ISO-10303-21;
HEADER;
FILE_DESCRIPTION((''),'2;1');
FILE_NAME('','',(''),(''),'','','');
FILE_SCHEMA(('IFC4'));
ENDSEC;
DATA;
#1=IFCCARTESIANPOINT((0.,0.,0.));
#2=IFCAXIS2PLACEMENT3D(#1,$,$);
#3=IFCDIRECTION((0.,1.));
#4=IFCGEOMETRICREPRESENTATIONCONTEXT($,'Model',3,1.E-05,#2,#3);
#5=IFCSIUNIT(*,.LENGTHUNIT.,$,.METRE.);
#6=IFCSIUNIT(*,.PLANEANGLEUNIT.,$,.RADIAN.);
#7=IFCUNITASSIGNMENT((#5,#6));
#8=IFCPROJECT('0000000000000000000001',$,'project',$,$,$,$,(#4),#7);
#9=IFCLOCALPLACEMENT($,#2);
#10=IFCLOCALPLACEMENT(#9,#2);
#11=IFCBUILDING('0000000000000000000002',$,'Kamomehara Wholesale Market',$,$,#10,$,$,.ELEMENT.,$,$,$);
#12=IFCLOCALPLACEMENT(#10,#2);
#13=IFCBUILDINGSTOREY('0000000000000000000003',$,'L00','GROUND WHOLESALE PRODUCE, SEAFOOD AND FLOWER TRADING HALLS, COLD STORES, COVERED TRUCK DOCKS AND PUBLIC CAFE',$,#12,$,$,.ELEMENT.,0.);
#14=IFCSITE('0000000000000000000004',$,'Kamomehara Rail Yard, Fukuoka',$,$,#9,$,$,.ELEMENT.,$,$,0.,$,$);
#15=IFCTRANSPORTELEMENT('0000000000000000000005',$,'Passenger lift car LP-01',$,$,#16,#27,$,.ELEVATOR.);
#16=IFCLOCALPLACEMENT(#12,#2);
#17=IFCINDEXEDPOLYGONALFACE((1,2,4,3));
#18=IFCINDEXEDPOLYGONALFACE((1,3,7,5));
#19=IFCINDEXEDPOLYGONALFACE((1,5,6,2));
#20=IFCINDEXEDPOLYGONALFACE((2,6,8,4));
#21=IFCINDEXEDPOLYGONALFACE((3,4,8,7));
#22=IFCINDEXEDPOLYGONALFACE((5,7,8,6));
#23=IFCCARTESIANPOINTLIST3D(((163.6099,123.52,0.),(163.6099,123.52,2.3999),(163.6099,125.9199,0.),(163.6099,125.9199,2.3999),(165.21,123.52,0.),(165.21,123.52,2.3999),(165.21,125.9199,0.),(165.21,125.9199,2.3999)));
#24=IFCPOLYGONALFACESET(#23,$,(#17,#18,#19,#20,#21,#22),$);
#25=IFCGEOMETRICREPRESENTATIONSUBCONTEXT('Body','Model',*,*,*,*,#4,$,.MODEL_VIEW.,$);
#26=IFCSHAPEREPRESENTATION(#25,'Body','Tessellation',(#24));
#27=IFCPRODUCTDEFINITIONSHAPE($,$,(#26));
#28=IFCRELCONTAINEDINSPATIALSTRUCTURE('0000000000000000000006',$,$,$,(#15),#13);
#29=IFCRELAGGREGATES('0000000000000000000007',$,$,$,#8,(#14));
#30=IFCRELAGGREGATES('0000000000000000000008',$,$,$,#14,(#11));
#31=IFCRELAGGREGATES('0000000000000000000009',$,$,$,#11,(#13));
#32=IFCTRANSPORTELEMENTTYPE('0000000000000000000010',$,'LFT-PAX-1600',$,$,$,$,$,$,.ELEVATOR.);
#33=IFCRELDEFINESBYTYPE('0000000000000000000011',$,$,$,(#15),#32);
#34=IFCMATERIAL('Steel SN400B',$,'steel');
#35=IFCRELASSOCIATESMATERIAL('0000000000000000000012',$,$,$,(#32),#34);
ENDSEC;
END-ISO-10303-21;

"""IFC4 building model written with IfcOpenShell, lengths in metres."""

from ifc_helpers import new_model, si_unit, direction, frame, origin, origin_2d, place, context, subcontext, project, spatial, rectangle, extrude, material, type_object, element, save


model = new_model("IFC4")

# Units and contexts
model_context = context("Model", 3, precision=1e-05, world=origin(), true_north=direction((0.0, 1.0)))
body_context = subcontext(model_context, "Body", "Model", "MODEL_VIEW")
ifc_project = project(units=[si_unit("LENGTHUNIT", "METRE"), si_unit("PLANEANGLEUNIT", "RADIAN")], contexts=[model_context])

# Site, building, storey
site_placement = place(None, origin())
site = spatial("IfcSite", under=ifc_project, at=site_placement, Name="Kamomehara Rail Yard, Fukuoka", CompositionType="ELEMENT", RefElevation=0.0)
building_placement = place(site_placement, origin())
building = spatial("IfcBuilding", under=site, at=building_placement, Name="Kamomehara Wholesale Market", CompositionType="ELEMENT")
storey_placement = place(building_placement, origin())
storey = spatial("IfcBuildingStorey", under=building, at=storey_placement, Name="L00", Description="GROUND WHOLESALE PRODUCE, SEAFOOD AND FLOWER TRADING HALLS, COLD STORES, COVERED TRUCK DOCKS AND PUBLIC CAFE", CompositionType="ELEMENT", Elevation=0.0)

# Transport element
ifc_material_1 = material(Name="Steel SN400B", Category="steel")
transport_element_type = type_object("IfcTransportElementType", Name="LFT-PAX-1600", PredefinedType="ELEVATOR", material=ifc_material_1)
transport_element_placement = place(storey_placement, frame((164.4099, 124.72, 0.0), z_axis=(0.0, 0.0, 1.0), x_axis=(1.0, 0.0, 0.0)))
element("IfcTransportElement", 1, at=transport_element_placement, inside=storey, type_object=transport_element_type, Name="Passenger lift car LP-01", PredefinedType="ELEVATOR", context=body_context, shape_type="SweptSolid", body=[
    extrude(rectangle(XDim=1.6001, YDim=2.3999, at=origin_2d()), origin(), (0.0, 0.0, 1.0), 2.3999),
])

save(model, "model.ifc")
